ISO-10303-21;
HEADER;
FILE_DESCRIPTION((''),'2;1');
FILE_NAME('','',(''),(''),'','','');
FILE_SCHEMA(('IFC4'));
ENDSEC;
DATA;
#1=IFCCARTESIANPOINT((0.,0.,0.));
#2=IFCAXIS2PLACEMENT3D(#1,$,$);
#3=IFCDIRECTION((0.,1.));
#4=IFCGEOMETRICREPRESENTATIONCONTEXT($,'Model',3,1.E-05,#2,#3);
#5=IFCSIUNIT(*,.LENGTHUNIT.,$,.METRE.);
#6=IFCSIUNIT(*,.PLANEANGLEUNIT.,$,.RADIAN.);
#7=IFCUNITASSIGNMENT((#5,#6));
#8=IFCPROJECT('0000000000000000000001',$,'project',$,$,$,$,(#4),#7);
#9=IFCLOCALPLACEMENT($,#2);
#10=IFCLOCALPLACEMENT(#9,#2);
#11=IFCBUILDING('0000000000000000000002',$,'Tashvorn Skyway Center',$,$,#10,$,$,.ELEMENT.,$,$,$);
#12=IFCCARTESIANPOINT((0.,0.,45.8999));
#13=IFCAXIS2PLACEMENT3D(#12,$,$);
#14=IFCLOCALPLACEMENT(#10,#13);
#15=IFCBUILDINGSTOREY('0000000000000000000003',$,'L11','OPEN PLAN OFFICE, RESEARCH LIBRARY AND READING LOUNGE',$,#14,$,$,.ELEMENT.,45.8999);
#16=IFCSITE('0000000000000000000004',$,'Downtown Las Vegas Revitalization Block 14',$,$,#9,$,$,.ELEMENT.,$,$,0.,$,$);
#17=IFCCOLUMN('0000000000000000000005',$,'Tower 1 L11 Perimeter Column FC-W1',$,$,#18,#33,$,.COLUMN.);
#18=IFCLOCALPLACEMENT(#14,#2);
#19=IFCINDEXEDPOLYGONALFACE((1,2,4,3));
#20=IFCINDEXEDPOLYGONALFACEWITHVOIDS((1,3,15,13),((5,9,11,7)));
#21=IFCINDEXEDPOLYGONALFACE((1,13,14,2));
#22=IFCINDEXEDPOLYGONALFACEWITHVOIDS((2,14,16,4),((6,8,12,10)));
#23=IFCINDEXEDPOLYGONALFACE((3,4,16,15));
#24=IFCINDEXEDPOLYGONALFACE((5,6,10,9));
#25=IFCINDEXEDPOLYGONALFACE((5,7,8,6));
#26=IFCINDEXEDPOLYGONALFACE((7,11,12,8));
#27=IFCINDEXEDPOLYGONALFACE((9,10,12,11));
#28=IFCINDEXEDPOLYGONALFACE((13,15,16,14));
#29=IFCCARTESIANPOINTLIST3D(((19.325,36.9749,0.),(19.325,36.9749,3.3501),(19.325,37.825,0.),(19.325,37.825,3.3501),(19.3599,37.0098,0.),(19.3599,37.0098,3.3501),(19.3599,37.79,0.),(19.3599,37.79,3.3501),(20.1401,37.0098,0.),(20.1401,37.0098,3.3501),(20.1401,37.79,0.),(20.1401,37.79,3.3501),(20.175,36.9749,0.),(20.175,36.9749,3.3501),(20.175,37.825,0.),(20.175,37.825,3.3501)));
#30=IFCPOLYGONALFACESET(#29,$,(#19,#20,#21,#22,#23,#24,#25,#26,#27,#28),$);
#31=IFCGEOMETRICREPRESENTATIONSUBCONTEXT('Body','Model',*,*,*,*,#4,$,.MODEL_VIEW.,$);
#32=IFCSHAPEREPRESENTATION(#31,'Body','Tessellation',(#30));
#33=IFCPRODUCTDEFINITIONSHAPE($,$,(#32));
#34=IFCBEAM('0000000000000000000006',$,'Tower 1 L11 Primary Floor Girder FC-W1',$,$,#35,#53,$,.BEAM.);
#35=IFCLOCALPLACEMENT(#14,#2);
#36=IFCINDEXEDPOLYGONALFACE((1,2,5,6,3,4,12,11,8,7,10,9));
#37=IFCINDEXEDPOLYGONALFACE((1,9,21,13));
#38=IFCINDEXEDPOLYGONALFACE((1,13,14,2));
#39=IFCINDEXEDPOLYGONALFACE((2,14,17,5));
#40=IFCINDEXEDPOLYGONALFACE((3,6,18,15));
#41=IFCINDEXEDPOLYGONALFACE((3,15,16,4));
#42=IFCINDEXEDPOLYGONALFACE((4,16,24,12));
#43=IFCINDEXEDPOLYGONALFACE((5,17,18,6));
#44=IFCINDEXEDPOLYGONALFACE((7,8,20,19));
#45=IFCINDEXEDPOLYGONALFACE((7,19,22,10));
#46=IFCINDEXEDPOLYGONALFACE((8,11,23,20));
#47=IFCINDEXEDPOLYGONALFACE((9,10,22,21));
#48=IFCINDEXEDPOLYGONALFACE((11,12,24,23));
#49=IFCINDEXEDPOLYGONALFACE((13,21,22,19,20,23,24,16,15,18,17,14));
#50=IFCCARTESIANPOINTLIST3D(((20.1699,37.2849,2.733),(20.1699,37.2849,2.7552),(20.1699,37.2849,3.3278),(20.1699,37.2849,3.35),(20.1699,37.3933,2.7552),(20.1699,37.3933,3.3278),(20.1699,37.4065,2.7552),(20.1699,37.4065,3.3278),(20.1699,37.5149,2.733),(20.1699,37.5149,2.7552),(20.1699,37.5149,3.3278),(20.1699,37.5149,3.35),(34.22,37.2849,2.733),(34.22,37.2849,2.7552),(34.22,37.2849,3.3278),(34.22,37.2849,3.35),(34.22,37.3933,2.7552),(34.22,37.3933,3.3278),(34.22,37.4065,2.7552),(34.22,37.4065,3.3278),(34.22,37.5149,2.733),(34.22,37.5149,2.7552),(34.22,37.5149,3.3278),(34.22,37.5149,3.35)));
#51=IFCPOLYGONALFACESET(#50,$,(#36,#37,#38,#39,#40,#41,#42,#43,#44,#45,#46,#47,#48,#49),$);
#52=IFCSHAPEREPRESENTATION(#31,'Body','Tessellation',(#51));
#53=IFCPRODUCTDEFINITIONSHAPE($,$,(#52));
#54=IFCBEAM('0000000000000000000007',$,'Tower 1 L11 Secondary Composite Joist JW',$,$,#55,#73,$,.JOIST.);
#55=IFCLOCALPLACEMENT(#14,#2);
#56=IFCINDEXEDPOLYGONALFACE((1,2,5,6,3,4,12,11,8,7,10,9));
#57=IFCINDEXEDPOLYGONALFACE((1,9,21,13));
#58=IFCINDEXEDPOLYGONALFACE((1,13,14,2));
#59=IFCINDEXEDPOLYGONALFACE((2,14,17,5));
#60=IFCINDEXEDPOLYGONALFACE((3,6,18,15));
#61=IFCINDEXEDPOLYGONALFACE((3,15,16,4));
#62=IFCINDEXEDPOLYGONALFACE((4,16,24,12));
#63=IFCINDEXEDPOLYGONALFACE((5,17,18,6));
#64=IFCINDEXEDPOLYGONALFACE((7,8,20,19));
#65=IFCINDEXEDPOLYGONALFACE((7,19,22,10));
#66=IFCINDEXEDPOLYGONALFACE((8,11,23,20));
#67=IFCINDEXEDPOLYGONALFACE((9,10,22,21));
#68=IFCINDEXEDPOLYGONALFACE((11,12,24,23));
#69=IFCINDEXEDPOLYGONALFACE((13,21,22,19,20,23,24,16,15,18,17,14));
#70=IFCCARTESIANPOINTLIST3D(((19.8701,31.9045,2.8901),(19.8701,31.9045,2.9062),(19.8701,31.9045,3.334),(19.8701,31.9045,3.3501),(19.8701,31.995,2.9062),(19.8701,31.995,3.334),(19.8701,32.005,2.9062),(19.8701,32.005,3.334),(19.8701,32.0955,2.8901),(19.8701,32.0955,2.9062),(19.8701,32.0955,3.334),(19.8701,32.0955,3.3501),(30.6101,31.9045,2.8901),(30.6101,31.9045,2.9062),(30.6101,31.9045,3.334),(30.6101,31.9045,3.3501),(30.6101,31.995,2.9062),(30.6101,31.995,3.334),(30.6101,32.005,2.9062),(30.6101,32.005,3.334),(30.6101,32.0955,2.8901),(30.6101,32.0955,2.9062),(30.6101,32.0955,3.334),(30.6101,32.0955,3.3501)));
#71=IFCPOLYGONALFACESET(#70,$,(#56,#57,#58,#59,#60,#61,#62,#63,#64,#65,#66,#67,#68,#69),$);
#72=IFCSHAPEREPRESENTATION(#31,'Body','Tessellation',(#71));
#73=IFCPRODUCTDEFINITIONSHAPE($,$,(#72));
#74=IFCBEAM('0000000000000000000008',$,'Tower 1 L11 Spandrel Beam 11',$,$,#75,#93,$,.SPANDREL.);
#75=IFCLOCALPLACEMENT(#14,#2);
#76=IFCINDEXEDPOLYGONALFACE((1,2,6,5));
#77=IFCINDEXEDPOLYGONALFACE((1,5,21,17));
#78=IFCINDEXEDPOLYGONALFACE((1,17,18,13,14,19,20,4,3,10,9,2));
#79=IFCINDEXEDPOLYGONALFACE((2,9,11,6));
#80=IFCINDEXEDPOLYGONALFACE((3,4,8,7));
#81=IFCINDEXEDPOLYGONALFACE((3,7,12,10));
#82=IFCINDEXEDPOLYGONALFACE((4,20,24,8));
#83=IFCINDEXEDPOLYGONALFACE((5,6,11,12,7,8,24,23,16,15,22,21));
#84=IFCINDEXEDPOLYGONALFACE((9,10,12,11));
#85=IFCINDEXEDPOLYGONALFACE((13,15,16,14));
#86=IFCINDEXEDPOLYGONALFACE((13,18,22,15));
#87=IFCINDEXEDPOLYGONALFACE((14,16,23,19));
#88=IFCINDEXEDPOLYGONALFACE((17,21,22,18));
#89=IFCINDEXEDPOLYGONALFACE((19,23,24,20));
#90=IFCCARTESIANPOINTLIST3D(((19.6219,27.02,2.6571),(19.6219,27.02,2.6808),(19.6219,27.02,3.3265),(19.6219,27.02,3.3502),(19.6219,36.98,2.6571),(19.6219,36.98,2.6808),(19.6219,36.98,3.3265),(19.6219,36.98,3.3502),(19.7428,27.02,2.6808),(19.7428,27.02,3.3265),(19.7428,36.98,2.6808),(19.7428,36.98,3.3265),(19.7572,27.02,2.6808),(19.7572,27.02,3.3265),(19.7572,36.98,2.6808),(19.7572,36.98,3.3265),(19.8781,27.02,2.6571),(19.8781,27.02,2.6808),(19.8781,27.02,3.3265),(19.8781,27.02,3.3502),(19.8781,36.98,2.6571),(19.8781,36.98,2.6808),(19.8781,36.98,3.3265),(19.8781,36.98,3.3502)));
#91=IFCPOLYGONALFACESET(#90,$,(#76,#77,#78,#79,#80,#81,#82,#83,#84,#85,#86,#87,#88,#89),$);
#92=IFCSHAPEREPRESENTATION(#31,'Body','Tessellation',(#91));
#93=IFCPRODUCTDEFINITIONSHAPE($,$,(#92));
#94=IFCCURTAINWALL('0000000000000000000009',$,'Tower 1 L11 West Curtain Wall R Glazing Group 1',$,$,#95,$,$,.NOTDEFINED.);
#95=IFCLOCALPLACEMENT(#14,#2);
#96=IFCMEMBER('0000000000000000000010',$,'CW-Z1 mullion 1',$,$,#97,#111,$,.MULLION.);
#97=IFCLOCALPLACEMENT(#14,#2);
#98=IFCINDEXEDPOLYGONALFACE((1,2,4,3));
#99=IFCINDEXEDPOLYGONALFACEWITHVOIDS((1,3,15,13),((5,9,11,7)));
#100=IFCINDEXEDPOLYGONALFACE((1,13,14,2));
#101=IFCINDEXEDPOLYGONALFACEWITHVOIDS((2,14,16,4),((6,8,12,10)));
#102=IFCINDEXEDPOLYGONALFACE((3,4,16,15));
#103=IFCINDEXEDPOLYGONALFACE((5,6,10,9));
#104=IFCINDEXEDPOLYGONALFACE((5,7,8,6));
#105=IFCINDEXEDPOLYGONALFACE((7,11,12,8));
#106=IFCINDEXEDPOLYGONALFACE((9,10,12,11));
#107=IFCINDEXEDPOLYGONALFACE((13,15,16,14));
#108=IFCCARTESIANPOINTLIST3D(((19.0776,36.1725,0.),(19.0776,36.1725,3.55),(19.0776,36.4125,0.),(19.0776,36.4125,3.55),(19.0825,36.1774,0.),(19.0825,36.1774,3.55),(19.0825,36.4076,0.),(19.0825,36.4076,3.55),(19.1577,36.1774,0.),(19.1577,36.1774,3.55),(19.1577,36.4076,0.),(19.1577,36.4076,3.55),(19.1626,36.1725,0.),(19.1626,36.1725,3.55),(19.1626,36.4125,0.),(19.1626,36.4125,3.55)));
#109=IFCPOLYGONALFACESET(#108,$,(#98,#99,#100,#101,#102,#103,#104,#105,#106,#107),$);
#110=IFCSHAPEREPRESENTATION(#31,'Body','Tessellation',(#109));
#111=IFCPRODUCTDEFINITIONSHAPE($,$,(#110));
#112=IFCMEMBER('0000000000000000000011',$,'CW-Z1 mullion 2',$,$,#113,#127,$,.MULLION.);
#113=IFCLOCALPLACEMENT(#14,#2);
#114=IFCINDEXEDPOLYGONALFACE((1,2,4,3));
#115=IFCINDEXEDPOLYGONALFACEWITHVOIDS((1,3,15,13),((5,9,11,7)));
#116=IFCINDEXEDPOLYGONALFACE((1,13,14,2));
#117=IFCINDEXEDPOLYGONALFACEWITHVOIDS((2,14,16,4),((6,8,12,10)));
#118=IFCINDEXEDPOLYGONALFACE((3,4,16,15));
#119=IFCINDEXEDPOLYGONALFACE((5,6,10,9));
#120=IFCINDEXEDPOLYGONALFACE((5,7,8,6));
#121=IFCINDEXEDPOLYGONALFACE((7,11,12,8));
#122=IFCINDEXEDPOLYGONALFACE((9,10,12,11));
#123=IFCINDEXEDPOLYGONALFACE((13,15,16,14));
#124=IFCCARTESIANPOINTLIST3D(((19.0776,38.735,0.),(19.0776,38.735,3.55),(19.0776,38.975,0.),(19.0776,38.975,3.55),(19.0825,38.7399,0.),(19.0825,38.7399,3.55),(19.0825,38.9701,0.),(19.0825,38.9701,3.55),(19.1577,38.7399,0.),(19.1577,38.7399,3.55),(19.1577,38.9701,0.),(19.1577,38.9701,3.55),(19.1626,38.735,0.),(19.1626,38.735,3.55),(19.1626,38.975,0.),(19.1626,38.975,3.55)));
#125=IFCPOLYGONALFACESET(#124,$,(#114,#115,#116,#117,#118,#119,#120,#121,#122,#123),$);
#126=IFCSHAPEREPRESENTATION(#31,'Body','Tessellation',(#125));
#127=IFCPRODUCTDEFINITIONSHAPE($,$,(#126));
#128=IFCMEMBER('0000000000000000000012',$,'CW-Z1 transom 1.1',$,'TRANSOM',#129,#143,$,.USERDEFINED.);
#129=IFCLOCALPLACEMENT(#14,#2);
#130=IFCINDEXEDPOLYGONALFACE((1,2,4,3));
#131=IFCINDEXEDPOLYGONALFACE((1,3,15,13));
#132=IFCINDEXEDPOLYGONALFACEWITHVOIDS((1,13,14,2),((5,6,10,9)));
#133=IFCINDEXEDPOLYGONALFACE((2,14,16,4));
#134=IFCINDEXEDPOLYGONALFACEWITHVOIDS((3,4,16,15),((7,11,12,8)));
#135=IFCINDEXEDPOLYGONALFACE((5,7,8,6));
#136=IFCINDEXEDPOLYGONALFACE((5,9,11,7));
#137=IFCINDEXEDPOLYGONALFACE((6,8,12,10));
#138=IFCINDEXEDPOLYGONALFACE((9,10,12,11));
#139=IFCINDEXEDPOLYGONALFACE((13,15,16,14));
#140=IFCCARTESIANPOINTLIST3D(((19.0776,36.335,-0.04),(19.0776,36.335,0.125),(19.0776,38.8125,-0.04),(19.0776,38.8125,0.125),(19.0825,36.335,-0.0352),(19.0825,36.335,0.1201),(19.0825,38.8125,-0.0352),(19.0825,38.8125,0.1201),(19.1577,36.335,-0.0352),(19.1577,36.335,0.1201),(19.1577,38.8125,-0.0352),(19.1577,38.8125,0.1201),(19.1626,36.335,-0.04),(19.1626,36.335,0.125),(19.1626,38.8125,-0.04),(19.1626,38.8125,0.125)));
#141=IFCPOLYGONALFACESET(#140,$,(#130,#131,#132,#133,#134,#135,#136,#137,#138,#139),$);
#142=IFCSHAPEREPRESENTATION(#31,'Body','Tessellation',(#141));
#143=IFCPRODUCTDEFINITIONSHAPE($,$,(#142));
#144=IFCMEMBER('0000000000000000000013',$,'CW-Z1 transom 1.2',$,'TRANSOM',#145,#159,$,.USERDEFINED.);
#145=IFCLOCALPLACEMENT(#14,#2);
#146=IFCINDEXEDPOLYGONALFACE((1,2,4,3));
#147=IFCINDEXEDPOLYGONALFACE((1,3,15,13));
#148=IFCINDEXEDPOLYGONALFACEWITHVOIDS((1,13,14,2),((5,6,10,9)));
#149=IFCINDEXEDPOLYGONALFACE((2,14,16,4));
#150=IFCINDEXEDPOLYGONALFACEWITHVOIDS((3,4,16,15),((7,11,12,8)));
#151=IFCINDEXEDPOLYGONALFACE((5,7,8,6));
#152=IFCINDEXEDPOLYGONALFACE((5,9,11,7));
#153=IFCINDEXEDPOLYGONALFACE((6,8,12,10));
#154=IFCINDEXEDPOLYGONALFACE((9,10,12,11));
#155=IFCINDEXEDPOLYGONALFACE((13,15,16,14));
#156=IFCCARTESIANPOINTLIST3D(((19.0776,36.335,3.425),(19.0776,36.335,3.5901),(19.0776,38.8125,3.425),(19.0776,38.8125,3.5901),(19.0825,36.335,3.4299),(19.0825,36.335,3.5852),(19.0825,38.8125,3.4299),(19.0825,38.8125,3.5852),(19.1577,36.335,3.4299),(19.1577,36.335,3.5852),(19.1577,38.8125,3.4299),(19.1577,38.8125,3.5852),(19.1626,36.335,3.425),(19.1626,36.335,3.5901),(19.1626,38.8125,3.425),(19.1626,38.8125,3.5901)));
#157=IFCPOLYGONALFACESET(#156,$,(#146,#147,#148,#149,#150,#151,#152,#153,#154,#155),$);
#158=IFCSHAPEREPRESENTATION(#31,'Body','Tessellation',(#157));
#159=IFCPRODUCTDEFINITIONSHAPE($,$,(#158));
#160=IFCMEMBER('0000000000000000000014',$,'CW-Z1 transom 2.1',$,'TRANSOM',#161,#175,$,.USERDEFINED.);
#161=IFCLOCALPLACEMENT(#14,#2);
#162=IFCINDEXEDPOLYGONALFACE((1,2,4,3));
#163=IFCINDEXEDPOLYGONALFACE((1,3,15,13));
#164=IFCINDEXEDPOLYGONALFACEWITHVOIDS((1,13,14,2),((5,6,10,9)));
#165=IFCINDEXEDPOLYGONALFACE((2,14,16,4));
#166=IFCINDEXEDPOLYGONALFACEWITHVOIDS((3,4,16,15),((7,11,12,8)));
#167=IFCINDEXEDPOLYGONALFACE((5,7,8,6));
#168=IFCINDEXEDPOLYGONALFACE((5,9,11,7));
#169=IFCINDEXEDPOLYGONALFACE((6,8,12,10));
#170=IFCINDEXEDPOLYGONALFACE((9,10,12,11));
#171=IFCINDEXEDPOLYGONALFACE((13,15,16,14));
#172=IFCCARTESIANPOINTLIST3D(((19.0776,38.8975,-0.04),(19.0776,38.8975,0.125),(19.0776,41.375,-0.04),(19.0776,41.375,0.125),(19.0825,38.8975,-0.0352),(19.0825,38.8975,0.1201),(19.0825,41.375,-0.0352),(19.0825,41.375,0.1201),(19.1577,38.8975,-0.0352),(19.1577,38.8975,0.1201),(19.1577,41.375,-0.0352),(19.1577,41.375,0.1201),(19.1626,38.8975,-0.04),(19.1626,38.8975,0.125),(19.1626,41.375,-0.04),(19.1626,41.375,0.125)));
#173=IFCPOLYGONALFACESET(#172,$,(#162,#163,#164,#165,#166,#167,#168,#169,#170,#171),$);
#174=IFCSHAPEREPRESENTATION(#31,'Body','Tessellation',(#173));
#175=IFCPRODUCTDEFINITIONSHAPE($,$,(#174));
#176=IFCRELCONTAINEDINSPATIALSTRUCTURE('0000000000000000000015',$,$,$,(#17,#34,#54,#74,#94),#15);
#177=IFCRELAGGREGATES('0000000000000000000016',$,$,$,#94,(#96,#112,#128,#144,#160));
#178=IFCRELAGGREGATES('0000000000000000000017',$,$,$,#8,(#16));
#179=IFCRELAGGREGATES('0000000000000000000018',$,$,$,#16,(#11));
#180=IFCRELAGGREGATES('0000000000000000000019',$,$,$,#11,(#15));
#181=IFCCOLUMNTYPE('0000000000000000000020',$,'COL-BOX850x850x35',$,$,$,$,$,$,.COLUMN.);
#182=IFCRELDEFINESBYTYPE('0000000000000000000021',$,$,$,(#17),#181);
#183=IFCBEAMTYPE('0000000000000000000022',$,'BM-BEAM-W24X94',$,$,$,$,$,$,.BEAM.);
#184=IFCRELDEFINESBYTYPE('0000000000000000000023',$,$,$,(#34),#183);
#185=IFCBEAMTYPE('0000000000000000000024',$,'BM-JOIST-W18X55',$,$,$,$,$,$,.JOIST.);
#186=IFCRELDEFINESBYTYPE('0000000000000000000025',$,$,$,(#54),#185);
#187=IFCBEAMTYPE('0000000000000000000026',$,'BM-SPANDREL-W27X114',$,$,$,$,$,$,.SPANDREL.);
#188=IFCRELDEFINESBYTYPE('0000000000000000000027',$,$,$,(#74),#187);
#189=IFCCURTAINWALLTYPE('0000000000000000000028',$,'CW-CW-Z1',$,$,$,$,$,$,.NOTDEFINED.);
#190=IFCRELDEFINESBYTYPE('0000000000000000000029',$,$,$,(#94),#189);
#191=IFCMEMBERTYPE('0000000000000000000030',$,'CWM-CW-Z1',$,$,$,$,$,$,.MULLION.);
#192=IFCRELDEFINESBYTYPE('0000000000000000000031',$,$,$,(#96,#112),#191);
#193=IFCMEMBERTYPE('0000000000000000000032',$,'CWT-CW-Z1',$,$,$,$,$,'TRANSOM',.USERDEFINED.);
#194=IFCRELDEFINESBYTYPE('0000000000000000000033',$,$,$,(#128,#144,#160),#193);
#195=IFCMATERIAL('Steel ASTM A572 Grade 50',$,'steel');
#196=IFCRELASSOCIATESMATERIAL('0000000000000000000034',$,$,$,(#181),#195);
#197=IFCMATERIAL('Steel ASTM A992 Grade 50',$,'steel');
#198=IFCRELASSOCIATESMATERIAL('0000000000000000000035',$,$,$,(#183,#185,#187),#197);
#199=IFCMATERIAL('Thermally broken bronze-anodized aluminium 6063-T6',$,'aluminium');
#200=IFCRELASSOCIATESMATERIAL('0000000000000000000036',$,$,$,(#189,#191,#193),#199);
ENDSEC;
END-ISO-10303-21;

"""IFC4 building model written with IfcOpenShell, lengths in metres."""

from ifc_helpers import new_model, si_unit, direction, frame, origin, origin_2d, place, context, subcontext, project, spatial, hollow_rectangle, i_section, extrude, material, material_profile, profile_set, type_object, element, aggregate, save


model = new_model("IFC4")

# Units and contexts
model_context = context("Model", 3, precision=1e-05, world=origin(), true_north=direction((0.0, 1.0)))
body_context = subcontext(model_context, "Body", "Model", "MODEL_VIEW")
ifc_project = project(units=[si_unit("LENGTHUNIT", "METRE"), si_unit("PLANEANGLEUNIT", "RADIAN")], contexts=[model_context])

# Site, building, storey
site_placement = place(None, origin())
site = spatial("IfcSite", under=ifc_project, at=site_placement, Name="Downtown Las Vegas Revitalization Block 14", CompositionType="ELEMENT", RefElevation=0.0)
building_placement = place(site_placement, origin())
building = spatial("IfcBuilding", under=site, at=building_placement, Name="Tashvorn Skyway Center", CompositionType="ELEMENT")
storey_placement = place(building_placement, frame((0.0, 0.0, 45.8999)))
storey = spatial("IfcBuildingStorey", under=building, at=storey_placement, Name="L11", Description="OPEN PLAN OFFICE, RESEARCH LIBRARY AND READING LOUNGE", CompositionType="ELEMENT", Elevation=45.8999)

# Column
ifc_material_1 = material(Name="Steel ASTM A572 Grade 50", Category="steel")
ifc_material_profile_1 = material_profile(ifc_material_1, hollow_rectangle(XDim=0.8501, YDim=0.8501, WallThickness=0.0349, at=origin_2d()), Name="BOX850x850x35")
ifc_profile_set_1 = profile_set([ifc_material_profile_1], Name="Steel ASTM A572 Grade 50")
column_type = type_object("IfcColumnType", Name="COL-BOX850x850x35", PredefinedType="COLUMN", material=ifc_profile_set_1)
column_placement = place(storey_placement, frame((19.75, 37.3999, 0.0), z_axis=(0.0, 0.0, 1.0), x_axis=(1.0, 0.0, 0.0)))
element("IfcColumn", 1, at=column_placement, inside=storey, type_object=column_type, Name="Tower 1 L11 Perimeter Column FC-W1", PredefinedType="COLUMN", context=body_context, shape_type="SweptSolid", body=[
    extrude(hollow_rectangle(XDim=0.8501, YDim=0.8501, WallThickness=0.0349, at=origin_2d()), origin(), (0.0, 0.0, 1.0), 3.3501),
])

# Beams
ifc_material_2 = material(Name="Steel ASTM A992 Grade 50", Category="steel")
ifc_material_profile_2 = material_profile(ifc_material_2, i_section(OverallWidth=0.23, OverallDepth=0.6169, WebThickness=0.0132, FlangeThickness=0.0222, at=origin_2d()), Name="W24X94")
ifc_profile_set_2 = profile_set([ifc_material_profile_2], Name="Steel ASTM A992 Grade 50")
beam_type_1 = type_object("IfcBeamType", Name="BM-BEAM-W24X94", PredefinedType="BEAM", material=ifc_profile_set_2)
beam_1_placement = place(storey_placement, frame((20.1699, 37.3999, 3.0415), z_axis=(1.0, 0.0, 0.0), x_axis=(0.0, 1.0, 0.0)))
element("IfcBeam", 2, at=beam_1_placement, inside=storey, type_object=beam_type_1, Name="Tower 1 L11 Primary Floor Girder FC-W1", PredefinedType="BEAM", context=body_context, shape_type="SweptSolid", body=[
    extrude(i_section(OverallWidth=0.23, OverallDepth=0.6169, WebThickness=0.0132, FlangeThickness=0.0222, at=origin_2d()), origin(), (0.0, 0.0, 1.0), 14.05),
])
ifc_material_profile_3 = material_profile(ifc_material_2, i_section(OverallWidth=0.1909, OverallDepth=0.46, WebThickness=0.01, FlangeThickness=0.0161, at=origin_2d()), Name="W18X55")
ifc_profile_set_3 = profile_set([ifc_material_profile_3], Name="Steel ASTM A992 Grade 50")
beam_type_2 = type_object("IfcBeamType", Name="BM-JOIST-W18X55", PredefinedType="JOIST", material=ifc_profile_set_3)
beam_2_placement = place(storey_placement, frame((30.6101, 32.0, 3.1201), z_axis=(-1.0, 0.0, 0.0), x_axis=(0.0, -1.0, 0.0)))
element("IfcBeam", 3, at=beam_2_placement, inside=storey, type_object=beam_type_2, Name="Tower 1 L11 Secondary Composite Joist JW", PredefinedType="JOIST", context=body_context, shape_type="SweptSolid", body=[
    extrude(i_section(OverallWidth=0.1909, OverallDepth=0.46, WebThickness=0.01, FlangeThickness=0.0161, at=origin_2d()), origin(), (0.0, 0.0, 1.0), 10.74),
])
ifc_material_profile_4 = material_profile(ifc_material_2, i_section(OverallWidth=0.2561, OverallDepth=0.6931, WebThickness=0.0144, FlangeThickness=0.0237, at=origin_2d()), Name="W27X114")
ifc_profile_set_4 = profile_set([ifc_material_profile_4], Name="Steel ASTM A992 Grade 50")
beam_type_3 = type_object("IfcBeamType", Name="BM-SPANDREL-W27X114", PredefinedType="SPANDREL", material=ifc_profile_set_4)
beam_3_placement = place(storey_placement, frame((19.75, 36.98, 3.0037), z_axis=(0.0, -1.0, 0.0), x_axis=(1.0, 0.0, 0.0)))
element("IfcBeam", 4, at=beam_3_placement, inside=storey, type_object=beam_type_3, Name="Tower 1 L11 Spandrel Beam 11", PredefinedType="SPANDREL", context=body_context, shape_type="SweptSolid", body=[
    extrude(i_section(OverallWidth=0.2561, OverallDepth=0.6931, WebThickness=0.0144, FlangeThickness=0.0237, at=origin_2d()), origin(), (0.0, 0.0, 1.0), 9.96),
])

# Curtain wall, members
ifc_material_3 = material(Name="Thermally broken bronze-anodized aluminium 6063-T6", Category="aluminium")
curtain_wall_type = type_object("IfcCurtainWallType", Name="CW-CW-Z1", PredefinedType="NOTDEFINED", material=ifc_material_3)
curtain_wall_placement = place(storey_placement, origin())
curtain_wall = element("IfcCurtainWall", 5, at=curtain_wall_placement, inside=storey, type_object=curtain_wall_type, Name="Tower 1 L11 West Curtain Wall R Glazing Group 1", PredefinedType="NOTDEFINED")
ifc_material_profile_5 = material_profile(ifc_material_3, hollow_rectangle(XDim=0.085, YDim=0.24, WallThickness=0.0049, at=origin_2d()), Name="ALU-MULL-85x240")
ifc_profile_set_5 = profile_set([ifc_material_profile_5], Name="Thermally broken bronze-anodized aluminium 6063-T6")
member_type_1 = type_object("IfcMemberType", Name="CWM-CW-Z1", PredefinedType="MULLION", material=ifc_profile_set_5)
member_1_placement = place(storey_placement, frame((19.1201, 36.2925, 0.0), z_axis=(0.0, 0.0, 1.0), x_axis=(-1.0, 0.0, 0.0)))
member_1 = element("IfcMember", 6, at=member_1_placement, type_object=member_type_1, Name="CW-Z1 mullion 1", PredefinedType="MULLION", context=body_context, shape_type="SweptSolid", body=[
    extrude(hollow_rectangle(XDim=0.085, YDim=0.24, WallThickness=0.0049, at=origin_2d()), origin(), (0.0, 0.0, 1.0), 3.55),
])
member_2_placement = place(storey_placement, frame((19.1201, 38.855, 0.0), z_axis=(0.0, 0.0, 1.0), x_axis=(-1.0, 0.0, 0.0)))
member_2 = element("IfcMember", 7, at=member_2_placement, type_object=member_type_1, Name="CW-Z1 mullion 2", PredefinedType="MULLION", context=body_context, shape_type="SweptSolid", body=[
    extrude(hollow_rectangle(XDim=0.085, YDim=0.24, WallThickness=0.0049, at=origin_2d()), origin(), (0.0, 0.0, 1.0), 3.55),
])
ifc_material_profile_6 = material_profile(ifc_material_3, hollow_rectangle(XDim=0.085, YDim=0.165, WallThickness=0.0049, at=origin_2d()), Name="ALU-TRAN-85x165")
ifc_profile_set_6 = profile_set([ifc_material_profile_6], Name="Thermally broken bronze-anodized aluminium 6063-T6")
member_type_2 = type_object("IfcMemberType", Name="CWT-CW-Z1", ElementType="TRANSOM", PredefinedType="USERDEFINED", material=ifc_profile_set_6)
member_3_placement = place(storey_placement, frame((19.1201, 36.335, 0.0425), z_axis=(0.0, 1.0, 0.0), x_axis=(-1.0, 0.0, 0.0)))
member_3 = element("IfcMember", 8, at=member_3_placement, type_object=member_type_2, Name="CW-Z1 transom 1.1", ObjectType="TRANSOM", PredefinedType="USERDEFINED", context=body_context, shape_type="SweptSolid", body=[
    extrude(hollow_rectangle(XDim=0.085, YDim=0.165, WallThickness=0.0049, at=origin_2d()), origin(), (0.0, 0.0, 1.0), 2.4775),
])
member_4_placement = place(storey_placement, frame((19.1201, 36.335, 3.5076), z_axis=(0.0, 1.0, 0.0), x_axis=(-1.0, 0.0, 0.0)))
member_4 = element("IfcMember", 9, at=member_4_placement, type_object=member_type_2, Name="CW-Z1 transom 1.2", ObjectType="TRANSOM", PredefinedType="USERDEFINED", context=body_context, shape_type="SweptSolid", body=[
    extrude(hollow_rectangle(XDim=0.085, YDim=0.165, WallThickness=0.0049, at=origin_2d()), origin(), (0.0, 0.0, 1.0), 2.4775),
])
member_5_placement = place(storey_placement, frame((19.1201, 38.8975, 0.0425), z_axis=(0.0, 1.0, 0.0), x_axis=(-1.0, 0.0, 0.0)))
member_5 = element("IfcMember", 10, at=member_5_placement, type_object=member_type_2, Name="CW-Z1 transom 2.1", ObjectType="TRANSOM", PredefinedType="USERDEFINED", context=body_context, shape_type="SweptSolid", body=[
    extrude(hollow_rectangle(XDim=0.085, YDim=0.165, WallThickness=0.0049, at=origin_2d()), origin(), (0.0, 0.0, 1.0), 2.4775),
])
aggregate(curtain_wall, [member_1, member_2, member_3, member_4, member_5])

save(model, "model.ifc")
